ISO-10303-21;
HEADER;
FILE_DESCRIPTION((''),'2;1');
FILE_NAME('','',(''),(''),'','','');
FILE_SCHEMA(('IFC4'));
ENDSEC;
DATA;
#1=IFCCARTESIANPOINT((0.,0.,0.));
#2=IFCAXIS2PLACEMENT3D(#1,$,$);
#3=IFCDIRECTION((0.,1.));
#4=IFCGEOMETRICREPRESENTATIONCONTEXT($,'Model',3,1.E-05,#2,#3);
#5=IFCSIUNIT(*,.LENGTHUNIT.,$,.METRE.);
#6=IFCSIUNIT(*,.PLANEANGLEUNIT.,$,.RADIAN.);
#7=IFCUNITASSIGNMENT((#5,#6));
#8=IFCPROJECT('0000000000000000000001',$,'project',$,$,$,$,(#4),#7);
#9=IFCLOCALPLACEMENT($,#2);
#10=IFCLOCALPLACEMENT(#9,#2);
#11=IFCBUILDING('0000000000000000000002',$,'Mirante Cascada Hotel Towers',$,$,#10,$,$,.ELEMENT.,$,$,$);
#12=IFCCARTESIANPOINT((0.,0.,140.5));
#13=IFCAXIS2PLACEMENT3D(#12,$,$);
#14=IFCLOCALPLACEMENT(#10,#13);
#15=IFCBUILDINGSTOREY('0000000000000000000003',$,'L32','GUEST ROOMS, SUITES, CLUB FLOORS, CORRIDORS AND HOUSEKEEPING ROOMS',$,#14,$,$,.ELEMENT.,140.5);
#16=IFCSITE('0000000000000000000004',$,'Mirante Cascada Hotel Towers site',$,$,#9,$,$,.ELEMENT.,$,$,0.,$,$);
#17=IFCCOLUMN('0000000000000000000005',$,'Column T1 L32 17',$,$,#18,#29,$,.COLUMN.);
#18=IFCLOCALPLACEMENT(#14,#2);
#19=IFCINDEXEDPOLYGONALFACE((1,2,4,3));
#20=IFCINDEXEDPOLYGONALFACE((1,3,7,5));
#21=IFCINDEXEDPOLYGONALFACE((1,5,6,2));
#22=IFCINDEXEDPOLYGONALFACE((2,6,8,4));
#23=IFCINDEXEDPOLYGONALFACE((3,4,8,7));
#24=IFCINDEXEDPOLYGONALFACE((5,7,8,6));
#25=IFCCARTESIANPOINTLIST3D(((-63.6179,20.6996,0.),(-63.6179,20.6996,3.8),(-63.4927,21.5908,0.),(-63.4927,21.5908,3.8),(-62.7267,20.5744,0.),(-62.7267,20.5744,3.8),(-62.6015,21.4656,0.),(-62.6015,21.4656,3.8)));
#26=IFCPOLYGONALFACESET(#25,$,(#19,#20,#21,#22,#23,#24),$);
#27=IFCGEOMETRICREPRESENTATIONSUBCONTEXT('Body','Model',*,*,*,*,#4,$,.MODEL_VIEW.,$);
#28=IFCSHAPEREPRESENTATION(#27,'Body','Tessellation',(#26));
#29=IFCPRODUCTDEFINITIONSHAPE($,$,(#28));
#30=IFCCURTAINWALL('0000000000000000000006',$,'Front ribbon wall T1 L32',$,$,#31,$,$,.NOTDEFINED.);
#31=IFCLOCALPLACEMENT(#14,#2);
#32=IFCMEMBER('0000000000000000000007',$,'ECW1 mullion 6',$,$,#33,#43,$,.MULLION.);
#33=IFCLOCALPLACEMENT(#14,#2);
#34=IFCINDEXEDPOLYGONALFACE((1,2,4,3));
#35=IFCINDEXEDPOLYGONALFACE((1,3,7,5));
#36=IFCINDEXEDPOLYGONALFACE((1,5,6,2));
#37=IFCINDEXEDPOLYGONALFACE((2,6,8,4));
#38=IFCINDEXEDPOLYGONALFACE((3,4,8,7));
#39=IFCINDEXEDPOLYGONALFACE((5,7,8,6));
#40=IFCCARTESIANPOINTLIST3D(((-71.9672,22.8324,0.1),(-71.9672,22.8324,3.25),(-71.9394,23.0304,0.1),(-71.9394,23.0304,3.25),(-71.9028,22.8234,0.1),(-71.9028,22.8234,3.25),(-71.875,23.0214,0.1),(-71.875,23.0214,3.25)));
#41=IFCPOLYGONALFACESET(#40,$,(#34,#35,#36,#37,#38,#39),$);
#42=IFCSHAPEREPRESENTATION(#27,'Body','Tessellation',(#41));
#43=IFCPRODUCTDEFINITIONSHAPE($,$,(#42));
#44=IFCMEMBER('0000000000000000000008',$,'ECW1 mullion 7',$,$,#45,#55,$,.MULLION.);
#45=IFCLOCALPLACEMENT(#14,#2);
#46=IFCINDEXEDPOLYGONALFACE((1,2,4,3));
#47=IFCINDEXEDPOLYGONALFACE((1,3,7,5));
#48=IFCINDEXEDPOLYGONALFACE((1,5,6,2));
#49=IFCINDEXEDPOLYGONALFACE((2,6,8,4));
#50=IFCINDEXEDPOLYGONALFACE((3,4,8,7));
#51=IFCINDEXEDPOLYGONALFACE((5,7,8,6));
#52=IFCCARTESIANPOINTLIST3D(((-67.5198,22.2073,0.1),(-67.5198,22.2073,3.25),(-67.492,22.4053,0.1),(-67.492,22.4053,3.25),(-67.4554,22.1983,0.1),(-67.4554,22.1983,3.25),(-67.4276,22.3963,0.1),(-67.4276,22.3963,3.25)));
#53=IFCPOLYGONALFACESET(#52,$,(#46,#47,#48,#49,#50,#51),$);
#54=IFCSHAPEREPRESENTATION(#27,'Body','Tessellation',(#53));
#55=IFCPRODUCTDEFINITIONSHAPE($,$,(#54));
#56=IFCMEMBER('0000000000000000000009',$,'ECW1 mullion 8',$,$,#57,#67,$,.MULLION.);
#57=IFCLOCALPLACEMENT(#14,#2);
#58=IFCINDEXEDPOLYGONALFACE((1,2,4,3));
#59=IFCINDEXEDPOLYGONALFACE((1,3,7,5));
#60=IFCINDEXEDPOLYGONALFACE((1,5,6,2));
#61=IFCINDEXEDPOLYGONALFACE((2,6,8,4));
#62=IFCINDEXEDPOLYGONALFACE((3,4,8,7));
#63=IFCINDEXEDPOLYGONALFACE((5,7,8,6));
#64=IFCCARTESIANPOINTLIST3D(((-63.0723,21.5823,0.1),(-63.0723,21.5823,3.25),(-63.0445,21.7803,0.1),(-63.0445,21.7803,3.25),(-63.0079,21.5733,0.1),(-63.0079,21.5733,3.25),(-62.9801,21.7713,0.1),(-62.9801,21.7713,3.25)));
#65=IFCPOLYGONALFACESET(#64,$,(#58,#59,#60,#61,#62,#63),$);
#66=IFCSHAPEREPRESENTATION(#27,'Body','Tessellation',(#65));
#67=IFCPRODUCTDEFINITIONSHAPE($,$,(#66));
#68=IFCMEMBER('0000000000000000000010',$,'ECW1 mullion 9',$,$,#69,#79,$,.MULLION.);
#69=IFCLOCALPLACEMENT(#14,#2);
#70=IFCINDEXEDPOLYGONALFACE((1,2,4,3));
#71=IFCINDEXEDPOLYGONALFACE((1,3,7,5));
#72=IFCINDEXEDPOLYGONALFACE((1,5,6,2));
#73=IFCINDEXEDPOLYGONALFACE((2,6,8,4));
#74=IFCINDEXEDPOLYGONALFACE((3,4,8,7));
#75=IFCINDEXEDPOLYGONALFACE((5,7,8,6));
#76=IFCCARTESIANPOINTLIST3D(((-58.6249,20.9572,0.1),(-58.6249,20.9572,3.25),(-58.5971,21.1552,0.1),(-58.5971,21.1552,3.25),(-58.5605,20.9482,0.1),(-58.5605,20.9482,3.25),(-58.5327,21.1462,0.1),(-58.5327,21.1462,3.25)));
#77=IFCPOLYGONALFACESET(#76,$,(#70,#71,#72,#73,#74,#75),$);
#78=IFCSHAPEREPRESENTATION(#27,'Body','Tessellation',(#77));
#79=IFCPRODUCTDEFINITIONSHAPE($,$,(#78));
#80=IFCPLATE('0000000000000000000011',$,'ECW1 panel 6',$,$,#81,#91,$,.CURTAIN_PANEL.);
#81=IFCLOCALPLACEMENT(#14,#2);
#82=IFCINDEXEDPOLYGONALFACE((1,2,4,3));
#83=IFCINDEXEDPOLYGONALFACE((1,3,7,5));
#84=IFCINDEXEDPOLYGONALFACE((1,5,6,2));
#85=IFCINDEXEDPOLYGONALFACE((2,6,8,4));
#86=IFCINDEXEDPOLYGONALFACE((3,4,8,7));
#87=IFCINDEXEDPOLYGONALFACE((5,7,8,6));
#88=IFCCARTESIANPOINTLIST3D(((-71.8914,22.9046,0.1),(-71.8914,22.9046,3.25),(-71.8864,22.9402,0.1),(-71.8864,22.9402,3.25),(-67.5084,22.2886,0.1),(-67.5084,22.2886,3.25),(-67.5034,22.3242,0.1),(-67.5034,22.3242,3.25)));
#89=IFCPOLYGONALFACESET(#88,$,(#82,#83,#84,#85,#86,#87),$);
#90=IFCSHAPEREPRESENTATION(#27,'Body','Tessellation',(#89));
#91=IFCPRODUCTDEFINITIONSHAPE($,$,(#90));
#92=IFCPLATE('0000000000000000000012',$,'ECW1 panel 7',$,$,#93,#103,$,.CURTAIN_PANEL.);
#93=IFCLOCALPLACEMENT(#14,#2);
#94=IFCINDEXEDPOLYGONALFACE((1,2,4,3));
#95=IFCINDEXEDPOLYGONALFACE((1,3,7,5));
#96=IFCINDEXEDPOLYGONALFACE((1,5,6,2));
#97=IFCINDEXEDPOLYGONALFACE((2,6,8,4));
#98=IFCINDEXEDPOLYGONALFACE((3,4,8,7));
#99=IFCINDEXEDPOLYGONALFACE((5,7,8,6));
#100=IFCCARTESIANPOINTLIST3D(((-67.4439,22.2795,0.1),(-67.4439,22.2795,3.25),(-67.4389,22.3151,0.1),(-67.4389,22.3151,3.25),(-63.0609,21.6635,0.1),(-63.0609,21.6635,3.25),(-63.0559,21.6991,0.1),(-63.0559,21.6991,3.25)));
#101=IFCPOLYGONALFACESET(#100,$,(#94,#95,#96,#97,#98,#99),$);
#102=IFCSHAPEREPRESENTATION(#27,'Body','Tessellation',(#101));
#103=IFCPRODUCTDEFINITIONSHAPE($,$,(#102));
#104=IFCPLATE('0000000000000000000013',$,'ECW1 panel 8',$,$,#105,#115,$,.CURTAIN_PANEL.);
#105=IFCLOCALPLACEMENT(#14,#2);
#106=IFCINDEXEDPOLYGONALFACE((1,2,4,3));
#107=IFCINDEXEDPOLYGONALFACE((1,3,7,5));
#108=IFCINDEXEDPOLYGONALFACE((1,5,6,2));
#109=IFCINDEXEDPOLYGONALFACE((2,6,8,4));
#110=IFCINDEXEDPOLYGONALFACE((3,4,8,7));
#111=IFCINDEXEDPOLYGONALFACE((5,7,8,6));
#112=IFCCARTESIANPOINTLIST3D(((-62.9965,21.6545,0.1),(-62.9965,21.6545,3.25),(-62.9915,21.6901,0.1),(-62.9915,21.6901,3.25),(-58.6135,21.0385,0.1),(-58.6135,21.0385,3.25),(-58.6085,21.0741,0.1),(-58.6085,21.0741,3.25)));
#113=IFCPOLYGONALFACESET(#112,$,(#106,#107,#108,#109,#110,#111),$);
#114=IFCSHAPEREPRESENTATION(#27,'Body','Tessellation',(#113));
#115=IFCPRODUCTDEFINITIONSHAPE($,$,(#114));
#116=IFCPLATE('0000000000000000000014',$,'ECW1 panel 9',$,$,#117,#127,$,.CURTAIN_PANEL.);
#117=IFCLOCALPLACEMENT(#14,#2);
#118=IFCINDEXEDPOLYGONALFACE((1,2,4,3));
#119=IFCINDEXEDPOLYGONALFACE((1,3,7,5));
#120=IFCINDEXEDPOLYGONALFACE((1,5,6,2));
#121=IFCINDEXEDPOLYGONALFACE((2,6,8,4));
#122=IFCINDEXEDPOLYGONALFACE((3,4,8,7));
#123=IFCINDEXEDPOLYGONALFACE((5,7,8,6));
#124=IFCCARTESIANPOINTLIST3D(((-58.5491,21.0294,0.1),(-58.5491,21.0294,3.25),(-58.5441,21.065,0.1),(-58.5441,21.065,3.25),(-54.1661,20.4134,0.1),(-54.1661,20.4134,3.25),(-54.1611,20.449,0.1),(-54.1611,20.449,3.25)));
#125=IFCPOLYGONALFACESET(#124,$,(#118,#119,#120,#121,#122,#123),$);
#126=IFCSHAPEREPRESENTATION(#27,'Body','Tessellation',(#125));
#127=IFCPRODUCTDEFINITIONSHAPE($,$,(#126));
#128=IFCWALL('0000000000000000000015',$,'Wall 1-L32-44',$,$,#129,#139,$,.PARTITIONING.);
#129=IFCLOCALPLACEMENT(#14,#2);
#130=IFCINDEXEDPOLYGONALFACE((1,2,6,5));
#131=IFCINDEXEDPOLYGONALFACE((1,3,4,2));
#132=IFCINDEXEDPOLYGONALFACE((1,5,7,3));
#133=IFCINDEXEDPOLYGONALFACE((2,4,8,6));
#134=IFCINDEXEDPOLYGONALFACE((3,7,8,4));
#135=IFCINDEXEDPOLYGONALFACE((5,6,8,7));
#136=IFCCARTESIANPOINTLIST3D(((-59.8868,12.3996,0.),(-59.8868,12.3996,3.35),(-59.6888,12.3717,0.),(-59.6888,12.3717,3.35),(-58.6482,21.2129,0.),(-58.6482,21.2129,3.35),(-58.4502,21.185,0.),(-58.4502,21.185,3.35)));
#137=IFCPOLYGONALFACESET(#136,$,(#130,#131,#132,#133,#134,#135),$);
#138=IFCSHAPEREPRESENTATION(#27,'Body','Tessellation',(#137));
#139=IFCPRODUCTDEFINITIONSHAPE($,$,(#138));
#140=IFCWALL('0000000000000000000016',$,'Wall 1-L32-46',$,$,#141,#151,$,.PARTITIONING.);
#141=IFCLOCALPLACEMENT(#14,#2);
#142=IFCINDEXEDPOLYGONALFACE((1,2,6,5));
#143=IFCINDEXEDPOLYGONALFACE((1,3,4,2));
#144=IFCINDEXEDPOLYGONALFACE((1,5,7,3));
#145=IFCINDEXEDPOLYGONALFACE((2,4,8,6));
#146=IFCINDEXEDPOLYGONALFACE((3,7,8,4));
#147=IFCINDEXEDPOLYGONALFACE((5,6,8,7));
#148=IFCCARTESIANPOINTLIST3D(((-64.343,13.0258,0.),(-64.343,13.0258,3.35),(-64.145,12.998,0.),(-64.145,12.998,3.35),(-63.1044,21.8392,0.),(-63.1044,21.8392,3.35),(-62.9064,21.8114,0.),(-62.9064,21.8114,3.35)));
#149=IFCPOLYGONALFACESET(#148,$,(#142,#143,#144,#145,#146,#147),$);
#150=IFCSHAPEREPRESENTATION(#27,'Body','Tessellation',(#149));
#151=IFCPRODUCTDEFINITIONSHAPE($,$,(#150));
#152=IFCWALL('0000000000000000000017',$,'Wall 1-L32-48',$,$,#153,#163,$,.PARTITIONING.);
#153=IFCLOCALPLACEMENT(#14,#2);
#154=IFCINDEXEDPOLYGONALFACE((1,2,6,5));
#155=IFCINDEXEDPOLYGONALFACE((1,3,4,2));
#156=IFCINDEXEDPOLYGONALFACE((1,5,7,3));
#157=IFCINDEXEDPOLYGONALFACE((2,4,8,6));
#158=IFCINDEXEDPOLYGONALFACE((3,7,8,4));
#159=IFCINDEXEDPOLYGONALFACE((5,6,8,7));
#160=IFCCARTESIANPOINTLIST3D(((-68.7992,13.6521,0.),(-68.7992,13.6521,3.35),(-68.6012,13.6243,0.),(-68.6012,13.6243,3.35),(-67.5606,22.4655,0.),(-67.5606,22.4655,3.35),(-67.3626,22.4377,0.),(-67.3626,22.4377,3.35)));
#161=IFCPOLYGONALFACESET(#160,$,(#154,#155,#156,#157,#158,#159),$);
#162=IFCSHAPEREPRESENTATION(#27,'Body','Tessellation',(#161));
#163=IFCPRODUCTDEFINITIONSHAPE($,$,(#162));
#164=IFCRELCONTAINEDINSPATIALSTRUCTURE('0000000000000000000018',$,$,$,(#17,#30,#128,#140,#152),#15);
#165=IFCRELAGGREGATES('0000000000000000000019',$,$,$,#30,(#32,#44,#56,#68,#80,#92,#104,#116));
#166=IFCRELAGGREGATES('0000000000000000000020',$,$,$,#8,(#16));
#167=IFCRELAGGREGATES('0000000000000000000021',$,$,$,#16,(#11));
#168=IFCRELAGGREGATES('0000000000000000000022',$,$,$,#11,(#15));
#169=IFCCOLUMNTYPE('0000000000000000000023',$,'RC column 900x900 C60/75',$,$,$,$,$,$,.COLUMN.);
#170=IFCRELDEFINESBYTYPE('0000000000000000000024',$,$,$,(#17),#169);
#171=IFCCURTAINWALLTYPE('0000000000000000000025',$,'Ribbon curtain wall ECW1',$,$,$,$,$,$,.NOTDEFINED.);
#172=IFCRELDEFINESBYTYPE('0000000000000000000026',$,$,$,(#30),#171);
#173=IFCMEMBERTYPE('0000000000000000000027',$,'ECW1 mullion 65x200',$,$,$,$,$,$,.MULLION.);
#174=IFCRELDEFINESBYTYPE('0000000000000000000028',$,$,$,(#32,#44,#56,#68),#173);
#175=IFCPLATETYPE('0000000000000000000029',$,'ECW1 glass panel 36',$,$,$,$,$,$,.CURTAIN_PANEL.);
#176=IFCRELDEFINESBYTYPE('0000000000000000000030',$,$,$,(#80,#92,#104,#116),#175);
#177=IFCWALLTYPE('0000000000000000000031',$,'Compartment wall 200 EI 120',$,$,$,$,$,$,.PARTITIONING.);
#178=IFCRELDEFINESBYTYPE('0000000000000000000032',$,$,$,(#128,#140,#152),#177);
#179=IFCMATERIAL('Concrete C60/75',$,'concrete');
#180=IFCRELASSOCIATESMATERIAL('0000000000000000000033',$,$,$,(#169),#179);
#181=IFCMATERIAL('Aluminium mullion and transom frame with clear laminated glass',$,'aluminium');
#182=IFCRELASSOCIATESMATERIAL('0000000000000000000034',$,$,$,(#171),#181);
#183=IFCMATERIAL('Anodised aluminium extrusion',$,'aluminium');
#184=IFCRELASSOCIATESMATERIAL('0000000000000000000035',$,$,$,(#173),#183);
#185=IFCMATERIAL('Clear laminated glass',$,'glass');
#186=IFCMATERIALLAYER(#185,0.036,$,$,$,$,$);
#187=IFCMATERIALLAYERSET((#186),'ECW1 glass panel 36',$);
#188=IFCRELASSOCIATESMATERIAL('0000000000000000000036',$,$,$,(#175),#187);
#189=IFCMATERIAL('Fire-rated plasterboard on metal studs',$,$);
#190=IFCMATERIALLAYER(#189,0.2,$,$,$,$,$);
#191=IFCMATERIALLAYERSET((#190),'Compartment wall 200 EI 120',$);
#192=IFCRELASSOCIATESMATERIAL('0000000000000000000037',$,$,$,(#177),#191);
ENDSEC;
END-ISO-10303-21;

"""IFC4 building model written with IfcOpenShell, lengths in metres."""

from ifc_helpers import new_model, si_unit, direction, frame, frame_2d, origin, origin_2d, place, context, subcontext, project, spatial, rectangle, extrude, material, layer, layer_set, material_profile, profile_set, type_object, element, aggregate, save


model = new_model("IFC4")

# Units and contexts
model_context = context("Model", 3, precision=1e-05, world=origin(), true_north=direction((0.0, 1.0)))
body_context = subcontext(model_context, "Body", "Model", "MODEL_VIEW")
ifc_project = project(units=[si_unit("LENGTHUNIT", "METRE"), si_unit("PLANEANGLEUNIT", "RADIAN")], contexts=[model_context])

# Site, building, storey
site_placement = place(None, origin())
site = spatial("IfcSite", under=ifc_project, at=site_placement, Name="Mirante Cascada Hotel Towers site", CompositionType="ELEMENT", RefElevation=0.0)
building_placement = place(site_placement, origin())
building = spatial("IfcBuilding", under=site, at=building_placement, Name="Mirante Cascada Hotel Towers", CompositionType="ELEMENT")
storey_placement = place(building_placement, frame((0.0, 0.0, 140.5)))
storey = spatial("IfcBuildingStorey", under=building, at=storey_placement, Name="L32", Description="GUEST ROOMS, SUITES, CLUB FLOORS, CORRIDORS AND HOUSEKEEPING ROOMS", CompositionType="ELEMENT", Elevation=140.5)

# Column
ifc_material_1 = material(Name="Concrete C60/75", Category="concrete")
ifc_material_profile_1 = material_profile(ifc_material_1, rectangle(XDim=0.9, YDim=0.9, at=origin_2d()), Name="RC column 900x900 C60/75")
ifc_profile_set_1 = profile_set([ifc_material_profile_1], Name="Concrete C60/75")
column_type = type_object("IfcColumnType", Name="RC column 900x900 C60/75", PredefinedType="COLUMN", material=ifc_profile_set_1)
column_placement = place(storey_placement, frame((-63.1097, 21.0826, 0.0), z_axis=(0.0, 0.0, 1.0), x_axis=(-0.990268, 0.139173, 0.0)))
element("IfcColumn", 1, at=column_placement, inside=storey, type_object=column_type, Name="Column T1 L32 17", PredefinedType="COLUMN", context=body_context, shape_type="SweptSolid", body=[
    extrude(rectangle(XDim=0.9, YDim=0.9, at=origin_2d()), origin(), (0.0, 0.0, 1.0), 3.8),
])

# Curtain wall, members, plates
ifc_material_2 = material(Name="Aluminium mullion and transom frame with clear laminated glass", Category="aluminium")
curtain_wall_type = type_object("IfcCurtainWallType", Name="Ribbon curtain wall ECW1", PredefinedType="NOTDEFINED", material=ifc_material_2)
curtain_wall_placement = place(storey_placement, origin())
curtain_wall = element("IfcCurtainWall", 2, at=curtain_wall_placement, inside=storey, type_object=curtain_wall_type, Name="Front ribbon wall T1 L32", PredefinedType="NOTDEFINED")
ifc_material_3 = material(Name="Anodised aluminium extrusion", Category="aluminium")
ifc_material_profile_2 = material_profile(ifc_material_3, rectangle(XDim=0.2, YDim=0.065, at=origin_2d()), Name="ECW1 MULLION 65x200")
ifc_profile_set_2 = profile_set([ifc_material_profile_2], Name="Anodised aluminium extrusion")
member_type = type_object("IfcMemberType", Name="ECW1 mullion 65x200", PredefinedType="MULLION", material=ifc_profile_set_2)
member_1_placement = place(storey_placement, frame((-71.9211, 22.9269, 0.1), z_axis=(0.0, 0.0, 1.0), x_axis=(0.139173, 0.990268, 0.0)))
member_1 = element("IfcMember", 3, at=member_1_placement, type_object=member_type, Name="ECW1 mullion 6", PredefinedType="MULLION", context=body_context, shape_type="SweptSolid", body=[
    extrude(rectangle(XDim=0.2, YDim=0.065, at=origin_2d()), origin(), (0.0, 0.0, 1.0), 3.15),
])
member_2_placement = place(storey_placement, frame((-67.4737, 22.3018, 0.1), z_axis=(0.0, 0.0, 1.0), x_axis=(0.139173, 0.990268, 0.0)))
member_2 = element("IfcMember", 4, at=member_2_placement, type_object=member_type, Name="ECW1 mullion 7", PredefinedType="MULLION", context=body_context, shape_type="SweptSolid", body=[
    extrude(rectangle(XDim=0.2, YDim=0.065, at=origin_2d()), origin(), (0.0, 0.0, 1.0), 3.15),
])
member_3_placement = place(storey_placement, frame((-63.0262, 21.6768, 0.1), z_axis=(0.0, 0.0, 1.0), x_axis=(0.139173, 0.990268, 0.0)))
member_3 = element("IfcMember", 5, at=member_3_placement, type_object=member_type, Name="ECW1 mullion 8", PredefinedType="MULLION", context=body_context, shape_type="SweptSolid", body=[
    extrude(rectangle(XDim=0.2, YDim=0.065, at=origin_2d()), origin(), (0.0, 0.0, 1.0), 3.15),
])
member_4_placement = place(storey_placement, frame((-58.5788, 21.0517, 0.1), z_axis=(0.0, 0.0, 1.0), x_axis=(0.139173, 0.990268, 0.0)))
member_4 = element("IfcMember", 6, at=member_4_placement, type_object=member_type, Name="ECW1 mullion 9", PredefinedType="MULLION", context=body_context, shape_type="SweptSolid", body=[
    extrude(rectangle(XDim=0.2, YDim=0.065, at=origin_2d()), origin(), (0.0, 0.0, 1.0), 3.15),
])
ifc_material_4 = material(Name="Clear laminated glass", Category="glass")
ifc_layer_1 = layer(ifc_material_4, 0.036)
ifc_layer_set_1 = layer_set([ifc_layer_1], Name="ECW1 glass panel 36")
plate_type = type_object("IfcPlateType", Name="ECW1 glass panel 36", PredefinedType="CURTAIN_PANEL", material=ifc_layer_set_1)
plate_1_placement = place(storey_placement, frame((-69.6974, 22.6144, 0.1), z_axis=(0.0, 0.0, 1.0), x_axis=(0.990268, -0.139173, 0.0)))
plate_1 = element("IfcPlate", 7, at=plate_1_placement, type_object=plate_type, Name="ECW1 panel 6", PredefinedType="CURTAIN_PANEL", context=body_context, shape_type="SweptSolid", body=[
    extrude(rectangle(XDim=4.4261, YDim=0.036, at=origin_2d()), origin(), (0.0, 0.0, 1.0), 3.15),
])
plate_2_placement = place(storey_placement, frame((-65.2499, 21.9893, 0.1), z_axis=(0.0, 0.0, 1.0), x_axis=(0.990268, -0.139173, 0.0)))
plate_2 = element("IfcPlate", 8, at=plate_2_placement, type_object=plate_type, Name="ECW1 panel 7", PredefinedType="CURTAIN_PANEL", context=body_context, shape_type="SweptSolid", body=[
    extrude(rectangle(XDim=4.4261, YDim=0.036, at=origin_2d()), origin(), (0.0, 0.0, 1.0), 3.15),
])
plate_3_placement = place(storey_placement, frame((-60.8025, 21.3643, 0.1), z_axis=(0.0, 0.0, 1.0), x_axis=(0.990268, -0.139173, 0.0)))
plate_3 = element("IfcPlate", 9, at=plate_3_placement, type_object=plate_type, Name="ECW1 panel 8", PredefinedType="CURTAIN_PANEL", context=body_context, shape_type="SweptSolid", body=[
    extrude(rectangle(XDim=4.4261, YDim=0.036, at=origin_2d()), origin(), (0.0, 0.0, 1.0), 3.15),
])
plate_4_placement = place(storey_placement, frame((-56.3551, 20.7392, 0.1), z_axis=(0.0, 0.0, 1.0), x_axis=(0.990268, -0.139173, 0.0)))
plate_4 = element("IfcPlate", 10, at=plate_4_placement, type_object=plate_type, Name="ECW1 panel 9", PredefinedType="CURTAIN_PANEL", context=body_context, shape_type="SweptSolid", body=[
    extrude(rectangle(XDim=4.4261, YDim=0.036, at=origin_2d()), origin(), (0.0, 0.0, 1.0), 3.15),
])
aggregate(curtain_wall, [member_1, member_2, member_3, member_4, plate_1, plate_2, plate_3, plate_4])

# Walls
ifc_material_5 = material(Name="Fire-rated plasterboard on metal studs")
ifc_layer_2 = layer(ifc_material_5, 0.2)
ifc_layer_set_2 = layer_set([ifc_layer_2], Name="Compartment wall 200 EI 120")
wall_type_1 = type_object("IfcWallType", Name="Compartment wall 200 EI 120", PredefinedType="PARTITIONING", material=ifc_layer_set_2)
wall_1_placement = place(storey_placement, frame((-58.5492, 21.199, 0.0), z_axis=(0.0, 0.0, 1.0), x_axis=(-0.13917, -0.990268, 0.0)))
element("IfcWall", 11, at=wall_1_placement, inside=storey, type_object=wall_type_1, Name="Wall 1-L32-44", PredefinedType="PARTITIONING", context=body_context, shape_type="SweptSolid", body=[
    extrude(rectangle(XDim=8.8999, YDim=0.2, at=frame_2d((4.45, 0.0))), origin(), (0.0, 0.0, 1.0), 3.35),
])
for number, where, z_axis, x_axis, name in (
    (12, (-63.0054, 21.8253, 0.0), (0.0, 0.0, 1.0), (-0.139168, -0.990269, 0.0), "Wall 1-L32-46"),
    (13, (-67.4616, 22.4516, 0.0), (0.0, 0.0, 1.0), (-0.139168, -0.990269, 0.0), "Wall 1-L32-48"),
):
    element("IfcWall", number, at=place(storey_placement, frame(where, z_axis=z_axis, x_axis=x_axis)), inside=storey, type_object=wall_type_1, Name=name, PredefinedType="PARTITIONING", context=body_context, shape_type="SweptSolid", body=[
        extrude(rectangle(XDim=8.9, YDim=0.2, at=frame_2d((4.45, 0.0))), origin(), (0.0, 0.0, 1.0), 3.35),
    ])

save(model, "model.ifc")
